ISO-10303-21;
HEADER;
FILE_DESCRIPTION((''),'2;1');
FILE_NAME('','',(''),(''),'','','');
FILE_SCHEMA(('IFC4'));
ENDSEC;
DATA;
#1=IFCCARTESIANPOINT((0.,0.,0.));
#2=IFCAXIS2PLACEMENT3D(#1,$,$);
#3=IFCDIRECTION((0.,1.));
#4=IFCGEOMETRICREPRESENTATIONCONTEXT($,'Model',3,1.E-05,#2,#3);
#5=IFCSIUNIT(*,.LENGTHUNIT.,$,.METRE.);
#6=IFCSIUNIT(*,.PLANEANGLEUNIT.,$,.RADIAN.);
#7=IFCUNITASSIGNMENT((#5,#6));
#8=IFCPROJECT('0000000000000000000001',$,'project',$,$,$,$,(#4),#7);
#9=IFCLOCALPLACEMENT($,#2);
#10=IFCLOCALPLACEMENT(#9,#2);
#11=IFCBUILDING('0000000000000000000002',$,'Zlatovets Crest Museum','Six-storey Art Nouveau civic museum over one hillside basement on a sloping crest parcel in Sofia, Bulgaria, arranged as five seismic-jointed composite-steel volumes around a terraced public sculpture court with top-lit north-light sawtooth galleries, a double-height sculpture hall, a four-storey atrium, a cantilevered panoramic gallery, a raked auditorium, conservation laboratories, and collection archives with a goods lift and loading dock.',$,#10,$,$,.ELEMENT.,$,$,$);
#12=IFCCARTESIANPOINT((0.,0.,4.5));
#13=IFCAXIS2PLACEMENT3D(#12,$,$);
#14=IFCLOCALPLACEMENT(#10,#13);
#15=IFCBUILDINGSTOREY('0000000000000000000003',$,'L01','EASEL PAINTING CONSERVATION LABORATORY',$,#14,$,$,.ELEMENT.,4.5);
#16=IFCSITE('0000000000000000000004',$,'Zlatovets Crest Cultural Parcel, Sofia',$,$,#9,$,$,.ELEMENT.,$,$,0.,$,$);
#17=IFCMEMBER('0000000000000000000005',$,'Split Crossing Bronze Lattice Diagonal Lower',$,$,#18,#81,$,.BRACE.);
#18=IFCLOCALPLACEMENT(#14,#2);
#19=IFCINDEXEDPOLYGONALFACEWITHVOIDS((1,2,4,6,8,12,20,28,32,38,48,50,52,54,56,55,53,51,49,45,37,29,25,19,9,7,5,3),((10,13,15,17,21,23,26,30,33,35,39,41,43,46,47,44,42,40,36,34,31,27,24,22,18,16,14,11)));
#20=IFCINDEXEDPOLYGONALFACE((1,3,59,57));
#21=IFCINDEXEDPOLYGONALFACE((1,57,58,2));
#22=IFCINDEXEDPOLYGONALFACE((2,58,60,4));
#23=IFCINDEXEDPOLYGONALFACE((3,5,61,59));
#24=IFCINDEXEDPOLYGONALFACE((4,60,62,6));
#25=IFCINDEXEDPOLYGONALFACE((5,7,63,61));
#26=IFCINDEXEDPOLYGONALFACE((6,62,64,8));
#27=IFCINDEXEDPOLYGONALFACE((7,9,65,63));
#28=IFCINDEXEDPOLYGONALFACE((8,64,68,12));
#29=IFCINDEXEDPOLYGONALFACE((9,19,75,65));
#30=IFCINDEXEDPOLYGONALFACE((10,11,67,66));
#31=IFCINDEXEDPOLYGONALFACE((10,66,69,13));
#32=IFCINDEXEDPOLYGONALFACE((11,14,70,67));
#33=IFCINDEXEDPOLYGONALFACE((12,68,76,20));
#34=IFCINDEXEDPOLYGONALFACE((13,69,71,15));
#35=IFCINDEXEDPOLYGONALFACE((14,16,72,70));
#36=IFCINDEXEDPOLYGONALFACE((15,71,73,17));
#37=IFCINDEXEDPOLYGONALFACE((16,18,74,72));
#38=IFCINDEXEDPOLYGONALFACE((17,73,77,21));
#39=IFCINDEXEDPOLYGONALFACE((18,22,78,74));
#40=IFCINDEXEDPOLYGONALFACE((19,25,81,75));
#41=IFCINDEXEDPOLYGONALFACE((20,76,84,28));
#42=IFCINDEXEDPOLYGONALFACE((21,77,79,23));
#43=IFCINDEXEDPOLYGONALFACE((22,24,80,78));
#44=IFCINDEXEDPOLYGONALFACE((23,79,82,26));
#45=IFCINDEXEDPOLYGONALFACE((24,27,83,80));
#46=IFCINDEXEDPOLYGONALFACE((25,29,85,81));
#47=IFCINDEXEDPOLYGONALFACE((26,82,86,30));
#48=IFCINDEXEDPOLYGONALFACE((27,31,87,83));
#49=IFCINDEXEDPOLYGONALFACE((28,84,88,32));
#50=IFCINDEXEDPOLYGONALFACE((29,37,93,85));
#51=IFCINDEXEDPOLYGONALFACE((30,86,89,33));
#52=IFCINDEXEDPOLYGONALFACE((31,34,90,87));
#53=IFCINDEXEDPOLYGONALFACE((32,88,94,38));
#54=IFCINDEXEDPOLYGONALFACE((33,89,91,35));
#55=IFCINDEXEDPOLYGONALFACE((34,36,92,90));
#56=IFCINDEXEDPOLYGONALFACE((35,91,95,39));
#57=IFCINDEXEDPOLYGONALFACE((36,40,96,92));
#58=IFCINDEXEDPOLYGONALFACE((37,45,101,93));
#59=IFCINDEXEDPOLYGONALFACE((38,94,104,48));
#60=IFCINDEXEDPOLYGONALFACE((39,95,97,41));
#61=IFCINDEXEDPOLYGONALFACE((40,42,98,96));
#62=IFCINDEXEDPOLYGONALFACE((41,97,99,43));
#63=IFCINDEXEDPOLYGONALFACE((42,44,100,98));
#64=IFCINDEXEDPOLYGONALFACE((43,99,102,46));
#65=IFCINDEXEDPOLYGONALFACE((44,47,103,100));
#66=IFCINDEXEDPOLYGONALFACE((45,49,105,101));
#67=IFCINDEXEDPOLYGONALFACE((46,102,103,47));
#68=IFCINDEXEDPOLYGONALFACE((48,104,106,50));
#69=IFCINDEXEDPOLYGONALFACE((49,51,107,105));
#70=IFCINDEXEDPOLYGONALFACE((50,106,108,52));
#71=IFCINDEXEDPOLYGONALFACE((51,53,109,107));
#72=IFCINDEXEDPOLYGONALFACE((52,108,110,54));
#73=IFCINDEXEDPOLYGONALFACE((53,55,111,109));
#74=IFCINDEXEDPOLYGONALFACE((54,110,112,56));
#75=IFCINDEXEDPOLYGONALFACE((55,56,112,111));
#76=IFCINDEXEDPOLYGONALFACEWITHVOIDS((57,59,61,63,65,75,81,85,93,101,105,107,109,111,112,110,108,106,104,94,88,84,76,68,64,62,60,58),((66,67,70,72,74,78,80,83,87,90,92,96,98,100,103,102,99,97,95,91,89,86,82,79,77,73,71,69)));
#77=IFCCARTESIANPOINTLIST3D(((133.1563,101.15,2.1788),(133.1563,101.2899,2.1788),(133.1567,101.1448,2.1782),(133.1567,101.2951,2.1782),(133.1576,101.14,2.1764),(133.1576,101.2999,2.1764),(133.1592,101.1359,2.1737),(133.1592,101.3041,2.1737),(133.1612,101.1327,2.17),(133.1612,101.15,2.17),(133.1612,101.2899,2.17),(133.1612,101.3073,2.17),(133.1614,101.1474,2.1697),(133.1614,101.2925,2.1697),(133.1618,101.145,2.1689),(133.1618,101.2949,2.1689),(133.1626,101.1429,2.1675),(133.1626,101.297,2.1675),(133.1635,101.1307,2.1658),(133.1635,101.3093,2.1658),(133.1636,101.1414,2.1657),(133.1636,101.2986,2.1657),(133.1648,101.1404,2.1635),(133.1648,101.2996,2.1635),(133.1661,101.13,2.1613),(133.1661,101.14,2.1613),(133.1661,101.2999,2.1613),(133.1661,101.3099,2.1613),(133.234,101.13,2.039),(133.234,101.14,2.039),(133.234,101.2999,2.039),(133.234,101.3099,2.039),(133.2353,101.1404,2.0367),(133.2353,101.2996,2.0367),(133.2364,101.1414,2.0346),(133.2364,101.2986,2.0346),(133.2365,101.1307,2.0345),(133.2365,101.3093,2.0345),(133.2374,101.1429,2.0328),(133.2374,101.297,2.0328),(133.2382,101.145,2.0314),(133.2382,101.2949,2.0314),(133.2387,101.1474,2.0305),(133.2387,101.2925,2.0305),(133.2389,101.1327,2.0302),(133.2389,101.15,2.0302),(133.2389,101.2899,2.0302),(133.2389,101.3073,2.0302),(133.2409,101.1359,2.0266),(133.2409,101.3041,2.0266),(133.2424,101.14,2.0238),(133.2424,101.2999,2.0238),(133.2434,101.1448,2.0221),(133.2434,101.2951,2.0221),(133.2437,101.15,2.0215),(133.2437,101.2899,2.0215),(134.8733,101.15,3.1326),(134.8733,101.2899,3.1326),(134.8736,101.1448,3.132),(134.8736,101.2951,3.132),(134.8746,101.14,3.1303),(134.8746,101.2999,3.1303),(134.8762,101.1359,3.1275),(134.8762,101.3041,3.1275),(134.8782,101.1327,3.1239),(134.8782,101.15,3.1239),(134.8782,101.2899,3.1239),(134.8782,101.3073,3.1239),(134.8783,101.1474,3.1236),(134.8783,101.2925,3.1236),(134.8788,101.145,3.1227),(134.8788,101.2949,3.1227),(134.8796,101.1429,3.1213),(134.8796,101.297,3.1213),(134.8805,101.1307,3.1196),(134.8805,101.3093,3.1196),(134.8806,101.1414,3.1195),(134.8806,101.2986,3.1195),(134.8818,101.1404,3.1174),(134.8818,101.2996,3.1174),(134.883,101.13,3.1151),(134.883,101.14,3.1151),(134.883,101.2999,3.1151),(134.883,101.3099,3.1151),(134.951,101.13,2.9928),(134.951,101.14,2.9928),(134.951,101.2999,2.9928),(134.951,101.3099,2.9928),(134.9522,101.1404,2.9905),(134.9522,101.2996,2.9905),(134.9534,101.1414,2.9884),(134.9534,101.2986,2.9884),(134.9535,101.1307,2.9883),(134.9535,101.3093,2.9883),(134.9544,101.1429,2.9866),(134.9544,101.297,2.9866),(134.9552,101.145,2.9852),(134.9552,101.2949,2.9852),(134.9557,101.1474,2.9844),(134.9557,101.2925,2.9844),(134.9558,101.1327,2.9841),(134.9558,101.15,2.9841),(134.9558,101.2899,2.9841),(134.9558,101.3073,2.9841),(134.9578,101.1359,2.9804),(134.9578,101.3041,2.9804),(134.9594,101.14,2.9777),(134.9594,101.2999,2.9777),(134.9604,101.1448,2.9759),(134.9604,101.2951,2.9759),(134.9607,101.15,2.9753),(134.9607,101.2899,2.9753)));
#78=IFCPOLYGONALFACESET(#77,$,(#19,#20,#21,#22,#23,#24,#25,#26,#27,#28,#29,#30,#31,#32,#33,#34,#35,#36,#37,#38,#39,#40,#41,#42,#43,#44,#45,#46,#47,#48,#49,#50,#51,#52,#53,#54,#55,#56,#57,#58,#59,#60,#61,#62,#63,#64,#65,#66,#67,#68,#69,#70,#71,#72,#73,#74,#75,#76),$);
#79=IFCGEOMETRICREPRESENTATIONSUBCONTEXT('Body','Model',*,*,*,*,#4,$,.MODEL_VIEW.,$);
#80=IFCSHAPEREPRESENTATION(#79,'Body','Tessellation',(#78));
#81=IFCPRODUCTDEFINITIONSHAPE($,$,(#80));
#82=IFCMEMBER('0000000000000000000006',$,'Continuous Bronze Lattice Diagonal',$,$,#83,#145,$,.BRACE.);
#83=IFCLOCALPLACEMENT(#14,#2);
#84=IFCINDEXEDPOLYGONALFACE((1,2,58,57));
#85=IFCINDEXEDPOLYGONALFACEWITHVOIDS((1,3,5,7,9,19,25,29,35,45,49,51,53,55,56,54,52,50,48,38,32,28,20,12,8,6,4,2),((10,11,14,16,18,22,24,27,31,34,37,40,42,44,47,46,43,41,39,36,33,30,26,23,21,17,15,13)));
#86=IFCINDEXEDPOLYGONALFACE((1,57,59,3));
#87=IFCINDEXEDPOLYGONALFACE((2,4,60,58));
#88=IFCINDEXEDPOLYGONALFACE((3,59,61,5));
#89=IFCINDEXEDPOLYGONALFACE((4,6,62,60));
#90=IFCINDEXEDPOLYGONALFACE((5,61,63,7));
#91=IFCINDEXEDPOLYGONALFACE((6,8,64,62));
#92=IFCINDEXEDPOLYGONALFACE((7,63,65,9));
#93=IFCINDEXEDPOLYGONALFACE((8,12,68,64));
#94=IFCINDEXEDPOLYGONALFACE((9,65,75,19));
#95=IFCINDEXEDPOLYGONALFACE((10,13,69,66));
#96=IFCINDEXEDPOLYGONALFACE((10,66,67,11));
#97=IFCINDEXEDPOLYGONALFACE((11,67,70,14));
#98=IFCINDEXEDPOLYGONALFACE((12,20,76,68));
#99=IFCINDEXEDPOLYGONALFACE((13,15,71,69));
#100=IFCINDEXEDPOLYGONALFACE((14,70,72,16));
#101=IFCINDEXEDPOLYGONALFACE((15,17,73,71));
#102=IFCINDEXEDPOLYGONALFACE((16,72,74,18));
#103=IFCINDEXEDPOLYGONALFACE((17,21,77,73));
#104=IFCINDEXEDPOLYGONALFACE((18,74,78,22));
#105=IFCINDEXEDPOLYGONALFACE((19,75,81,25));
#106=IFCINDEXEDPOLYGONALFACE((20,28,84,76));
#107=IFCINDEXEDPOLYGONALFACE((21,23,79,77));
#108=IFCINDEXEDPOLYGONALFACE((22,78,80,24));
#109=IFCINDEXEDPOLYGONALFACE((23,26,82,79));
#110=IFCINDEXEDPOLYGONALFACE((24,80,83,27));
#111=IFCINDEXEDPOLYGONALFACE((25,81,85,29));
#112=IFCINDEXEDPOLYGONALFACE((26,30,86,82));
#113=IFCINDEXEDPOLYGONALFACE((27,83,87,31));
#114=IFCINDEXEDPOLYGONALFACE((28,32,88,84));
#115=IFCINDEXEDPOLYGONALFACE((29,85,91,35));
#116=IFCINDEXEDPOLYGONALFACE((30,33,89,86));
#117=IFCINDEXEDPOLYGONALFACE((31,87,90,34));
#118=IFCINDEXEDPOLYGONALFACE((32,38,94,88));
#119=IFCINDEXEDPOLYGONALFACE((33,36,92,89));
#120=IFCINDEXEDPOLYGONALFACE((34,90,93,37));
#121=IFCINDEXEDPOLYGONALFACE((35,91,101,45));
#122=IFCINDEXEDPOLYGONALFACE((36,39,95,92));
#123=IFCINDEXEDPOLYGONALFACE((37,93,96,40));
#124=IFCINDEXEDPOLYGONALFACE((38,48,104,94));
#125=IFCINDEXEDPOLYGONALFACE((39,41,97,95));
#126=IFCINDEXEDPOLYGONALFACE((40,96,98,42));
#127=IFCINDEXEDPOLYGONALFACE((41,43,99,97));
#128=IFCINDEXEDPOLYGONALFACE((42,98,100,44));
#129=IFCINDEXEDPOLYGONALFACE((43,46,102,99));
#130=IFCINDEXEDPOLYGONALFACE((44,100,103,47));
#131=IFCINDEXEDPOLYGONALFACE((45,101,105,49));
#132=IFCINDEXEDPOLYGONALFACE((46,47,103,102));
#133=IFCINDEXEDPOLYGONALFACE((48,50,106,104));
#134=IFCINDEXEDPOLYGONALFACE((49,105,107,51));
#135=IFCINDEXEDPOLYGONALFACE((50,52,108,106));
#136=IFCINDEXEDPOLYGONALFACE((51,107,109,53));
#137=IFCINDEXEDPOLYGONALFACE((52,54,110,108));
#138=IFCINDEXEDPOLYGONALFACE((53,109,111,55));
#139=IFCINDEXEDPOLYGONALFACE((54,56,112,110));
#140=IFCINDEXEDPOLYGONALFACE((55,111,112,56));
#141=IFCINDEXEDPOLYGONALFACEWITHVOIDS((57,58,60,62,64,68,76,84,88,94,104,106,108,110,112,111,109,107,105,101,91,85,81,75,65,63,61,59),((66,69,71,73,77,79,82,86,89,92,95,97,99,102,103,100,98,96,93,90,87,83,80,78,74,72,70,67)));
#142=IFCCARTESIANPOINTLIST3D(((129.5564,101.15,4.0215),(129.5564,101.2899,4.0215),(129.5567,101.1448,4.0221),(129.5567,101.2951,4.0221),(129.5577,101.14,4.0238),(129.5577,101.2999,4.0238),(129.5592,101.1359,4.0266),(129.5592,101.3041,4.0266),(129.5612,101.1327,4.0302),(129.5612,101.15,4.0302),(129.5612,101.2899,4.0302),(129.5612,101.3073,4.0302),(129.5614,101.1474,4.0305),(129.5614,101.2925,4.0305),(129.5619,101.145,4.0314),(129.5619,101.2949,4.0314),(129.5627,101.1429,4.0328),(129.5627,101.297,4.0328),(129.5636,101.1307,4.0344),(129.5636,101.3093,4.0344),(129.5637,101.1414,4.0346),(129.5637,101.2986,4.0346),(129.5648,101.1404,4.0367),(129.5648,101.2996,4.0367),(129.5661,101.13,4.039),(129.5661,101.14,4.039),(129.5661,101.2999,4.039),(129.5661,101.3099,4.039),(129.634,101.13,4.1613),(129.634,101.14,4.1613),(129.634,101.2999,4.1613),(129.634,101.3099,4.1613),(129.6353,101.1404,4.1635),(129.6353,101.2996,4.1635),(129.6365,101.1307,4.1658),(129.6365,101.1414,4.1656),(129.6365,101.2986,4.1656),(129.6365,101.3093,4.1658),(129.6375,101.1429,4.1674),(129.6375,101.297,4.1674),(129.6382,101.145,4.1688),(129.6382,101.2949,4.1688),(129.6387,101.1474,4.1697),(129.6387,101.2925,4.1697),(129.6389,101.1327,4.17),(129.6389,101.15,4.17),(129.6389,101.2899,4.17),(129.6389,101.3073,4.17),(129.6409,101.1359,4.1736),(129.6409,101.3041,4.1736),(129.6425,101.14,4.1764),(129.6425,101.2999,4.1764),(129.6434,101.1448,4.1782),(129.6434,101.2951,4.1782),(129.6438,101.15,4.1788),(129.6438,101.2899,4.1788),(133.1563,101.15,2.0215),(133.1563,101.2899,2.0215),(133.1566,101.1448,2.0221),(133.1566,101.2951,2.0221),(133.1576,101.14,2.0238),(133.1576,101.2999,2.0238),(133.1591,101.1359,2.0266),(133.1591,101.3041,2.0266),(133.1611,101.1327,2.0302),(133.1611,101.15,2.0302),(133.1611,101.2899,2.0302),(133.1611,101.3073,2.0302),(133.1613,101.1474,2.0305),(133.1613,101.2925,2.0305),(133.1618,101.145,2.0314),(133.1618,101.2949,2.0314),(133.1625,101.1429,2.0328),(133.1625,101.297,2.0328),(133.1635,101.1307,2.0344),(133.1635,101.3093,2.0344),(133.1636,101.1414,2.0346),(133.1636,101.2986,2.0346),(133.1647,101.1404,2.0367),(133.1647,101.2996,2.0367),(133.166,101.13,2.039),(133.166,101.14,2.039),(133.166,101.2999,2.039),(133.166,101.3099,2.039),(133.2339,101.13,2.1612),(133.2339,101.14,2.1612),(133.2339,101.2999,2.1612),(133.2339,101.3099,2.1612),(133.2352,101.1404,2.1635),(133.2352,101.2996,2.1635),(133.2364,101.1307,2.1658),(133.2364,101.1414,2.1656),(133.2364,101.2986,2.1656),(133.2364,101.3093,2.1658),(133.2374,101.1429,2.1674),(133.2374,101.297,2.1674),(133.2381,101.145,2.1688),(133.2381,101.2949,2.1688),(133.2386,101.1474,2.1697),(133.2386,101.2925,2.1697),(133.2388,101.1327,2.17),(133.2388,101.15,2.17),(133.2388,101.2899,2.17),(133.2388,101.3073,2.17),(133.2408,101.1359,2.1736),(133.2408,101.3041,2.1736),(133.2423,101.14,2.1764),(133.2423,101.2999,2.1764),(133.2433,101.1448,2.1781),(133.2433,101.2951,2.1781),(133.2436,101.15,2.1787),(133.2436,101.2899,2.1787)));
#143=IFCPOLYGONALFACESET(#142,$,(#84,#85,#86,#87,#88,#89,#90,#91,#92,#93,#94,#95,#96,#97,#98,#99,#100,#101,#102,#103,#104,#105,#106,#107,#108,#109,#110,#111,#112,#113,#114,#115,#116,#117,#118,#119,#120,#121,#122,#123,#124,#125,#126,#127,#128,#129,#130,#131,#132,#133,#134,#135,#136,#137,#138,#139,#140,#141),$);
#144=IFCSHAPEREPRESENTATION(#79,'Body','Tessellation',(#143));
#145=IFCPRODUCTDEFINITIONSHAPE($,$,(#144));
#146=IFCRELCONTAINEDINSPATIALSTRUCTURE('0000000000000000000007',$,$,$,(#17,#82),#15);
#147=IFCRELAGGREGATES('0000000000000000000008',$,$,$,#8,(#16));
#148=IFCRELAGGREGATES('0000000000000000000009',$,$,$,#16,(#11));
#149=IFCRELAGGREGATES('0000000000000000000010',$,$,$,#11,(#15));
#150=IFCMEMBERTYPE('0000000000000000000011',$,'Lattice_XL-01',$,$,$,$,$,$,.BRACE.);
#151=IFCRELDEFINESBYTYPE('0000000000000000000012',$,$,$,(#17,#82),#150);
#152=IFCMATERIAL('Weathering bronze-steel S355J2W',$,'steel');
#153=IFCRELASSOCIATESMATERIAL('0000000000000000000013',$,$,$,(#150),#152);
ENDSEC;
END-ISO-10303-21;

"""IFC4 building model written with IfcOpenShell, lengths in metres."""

from ifc_helpers import new_model, si_unit, direction, frame, origin, origin_2d, place, context, subcontext, project, spatial, hollow_rectangle, extrude, material, material_profile, profile_set, type_object, element, save


model = new_model("IFC4")

# Units and contexts
model_context = context("Model", 3, precision=1e-05, world=origin(), true_north=direction((0.0, 1.0)))
body_context = subcontext(model_context, "Body", "Model", "MODEL_VIEW")
ifc_project = project(units=[si_unit("LENGTHUNIT", "METRE"), si_unit("PLANEANGLEUNIT", "RADIAN")], contexts=[model_context])

# Site, building, storey
site_placement = place(None, origin())
site = spatial("IfcSite", under=ifc_project, at=site_placement, Name="Zlatovets Crest Cultural Parcel, Sofia", CompositionType="ELEMENT", RefElevation=0.0)
building_placement = place(site_placement, origin())
building = spatial("IfcBuilding", under=site, at=building_placement, Name="Zlatovets Crest Museum", Description="Six-storey Art Nouveau civic museum over one hillside basement on a sloping crest parcel in Sofia, Bulgaria, arranged as five seismic-jointed composite-steel volumes around a terraced public sculpture court with top-lit north-light sawtooth galleries, a double-height sculpture hall, a four-storey atrium, a cantilevered panoramic gallery, a raked auditorium, conservation laboratories, and collection archives with a goods lift and loading dock.", CompositionType="ELEMENT")
storey_placement = place(building_placement, frame((0.0, 0.0, 4.5)))
storey = spatial("IfcBuildingStorey", under=building, at=storey_placement, Name="L01", Description="EASEL PAINTING CONSERVATION LABORATORY", CompositionType="ELEMENT", Elevation=4.5)

# Members
ifc_material_1 = material(Name="Weathering bronze-steel S355J2W", Category="steel")
ifc_material_profile_1 = material_profile(ifc_material_1, hollow_rectangle(XDim=0.1799, YDim=0.1799, WallThickness=0.01, InnerFilletRadius=0.01, OuterFilletRadius=0.02, at=origin_2d()), Name="SHS 180x180x10.0")
ifc_profile_set_1 = profile_set([ifc_material_profile_1], Name="Weathering bronze-steel S355J2W")
member_type_1 = type_object("IfcMemberType", Name="Lattice_XL-01", PredefinedType="BRACE", material=ifc_profile_set_1)
member_1_placement = place(storey_placement, frame((134.917, 101.22, 3.054), z_axis=(-0.874169, 0.0, -0.485622), x_axis=(0.0, -1.0, 0.0)))
element("IfcMember", 1, at=member_1_placement, inside=storey, type_object=member_type_1, Name="Split Crossing Bronze Lattice Diagonal Lower", PredefinedType="BRACE", context=body_context, shape_type="SweptSolid", body=[
    extrude(hollow_rectangle(XDim=0.1799, YDim=0.1799, WallThickness=0.01, InnerFilletRadius=0.01, OuterFilletRadius=0.02, at=origin_2d()), origin(), (0.0, 0.0, 1.0), 1.9641),
])
member_2_placement = place(storey_placement, frame((133.2, 101.22, 2.1001), z_axis=(-0.874149, 0.0, 0.485658), x_axis=(0.0, -1.0, 0.0)))
element("IfcMember", 2, at=member_2_placement, inside=storey, type_object=member_type_1, Name="Continuous Bronze Lattice Diagonal", PredefinedType="BRACE", context=body_context, shape_type="SweptSolid", body=[
    extrude(hollow_rectangle(XDim=0.1799, YDim=0.1799, WallThickness=0.01, InnerFilletRadius=0.01, OuterFilletRadius=0.02, at=origin_2d()), origin(), (0.0, 0.0, 1.0), 4.1182),
])

save(model, "model.ifc")
